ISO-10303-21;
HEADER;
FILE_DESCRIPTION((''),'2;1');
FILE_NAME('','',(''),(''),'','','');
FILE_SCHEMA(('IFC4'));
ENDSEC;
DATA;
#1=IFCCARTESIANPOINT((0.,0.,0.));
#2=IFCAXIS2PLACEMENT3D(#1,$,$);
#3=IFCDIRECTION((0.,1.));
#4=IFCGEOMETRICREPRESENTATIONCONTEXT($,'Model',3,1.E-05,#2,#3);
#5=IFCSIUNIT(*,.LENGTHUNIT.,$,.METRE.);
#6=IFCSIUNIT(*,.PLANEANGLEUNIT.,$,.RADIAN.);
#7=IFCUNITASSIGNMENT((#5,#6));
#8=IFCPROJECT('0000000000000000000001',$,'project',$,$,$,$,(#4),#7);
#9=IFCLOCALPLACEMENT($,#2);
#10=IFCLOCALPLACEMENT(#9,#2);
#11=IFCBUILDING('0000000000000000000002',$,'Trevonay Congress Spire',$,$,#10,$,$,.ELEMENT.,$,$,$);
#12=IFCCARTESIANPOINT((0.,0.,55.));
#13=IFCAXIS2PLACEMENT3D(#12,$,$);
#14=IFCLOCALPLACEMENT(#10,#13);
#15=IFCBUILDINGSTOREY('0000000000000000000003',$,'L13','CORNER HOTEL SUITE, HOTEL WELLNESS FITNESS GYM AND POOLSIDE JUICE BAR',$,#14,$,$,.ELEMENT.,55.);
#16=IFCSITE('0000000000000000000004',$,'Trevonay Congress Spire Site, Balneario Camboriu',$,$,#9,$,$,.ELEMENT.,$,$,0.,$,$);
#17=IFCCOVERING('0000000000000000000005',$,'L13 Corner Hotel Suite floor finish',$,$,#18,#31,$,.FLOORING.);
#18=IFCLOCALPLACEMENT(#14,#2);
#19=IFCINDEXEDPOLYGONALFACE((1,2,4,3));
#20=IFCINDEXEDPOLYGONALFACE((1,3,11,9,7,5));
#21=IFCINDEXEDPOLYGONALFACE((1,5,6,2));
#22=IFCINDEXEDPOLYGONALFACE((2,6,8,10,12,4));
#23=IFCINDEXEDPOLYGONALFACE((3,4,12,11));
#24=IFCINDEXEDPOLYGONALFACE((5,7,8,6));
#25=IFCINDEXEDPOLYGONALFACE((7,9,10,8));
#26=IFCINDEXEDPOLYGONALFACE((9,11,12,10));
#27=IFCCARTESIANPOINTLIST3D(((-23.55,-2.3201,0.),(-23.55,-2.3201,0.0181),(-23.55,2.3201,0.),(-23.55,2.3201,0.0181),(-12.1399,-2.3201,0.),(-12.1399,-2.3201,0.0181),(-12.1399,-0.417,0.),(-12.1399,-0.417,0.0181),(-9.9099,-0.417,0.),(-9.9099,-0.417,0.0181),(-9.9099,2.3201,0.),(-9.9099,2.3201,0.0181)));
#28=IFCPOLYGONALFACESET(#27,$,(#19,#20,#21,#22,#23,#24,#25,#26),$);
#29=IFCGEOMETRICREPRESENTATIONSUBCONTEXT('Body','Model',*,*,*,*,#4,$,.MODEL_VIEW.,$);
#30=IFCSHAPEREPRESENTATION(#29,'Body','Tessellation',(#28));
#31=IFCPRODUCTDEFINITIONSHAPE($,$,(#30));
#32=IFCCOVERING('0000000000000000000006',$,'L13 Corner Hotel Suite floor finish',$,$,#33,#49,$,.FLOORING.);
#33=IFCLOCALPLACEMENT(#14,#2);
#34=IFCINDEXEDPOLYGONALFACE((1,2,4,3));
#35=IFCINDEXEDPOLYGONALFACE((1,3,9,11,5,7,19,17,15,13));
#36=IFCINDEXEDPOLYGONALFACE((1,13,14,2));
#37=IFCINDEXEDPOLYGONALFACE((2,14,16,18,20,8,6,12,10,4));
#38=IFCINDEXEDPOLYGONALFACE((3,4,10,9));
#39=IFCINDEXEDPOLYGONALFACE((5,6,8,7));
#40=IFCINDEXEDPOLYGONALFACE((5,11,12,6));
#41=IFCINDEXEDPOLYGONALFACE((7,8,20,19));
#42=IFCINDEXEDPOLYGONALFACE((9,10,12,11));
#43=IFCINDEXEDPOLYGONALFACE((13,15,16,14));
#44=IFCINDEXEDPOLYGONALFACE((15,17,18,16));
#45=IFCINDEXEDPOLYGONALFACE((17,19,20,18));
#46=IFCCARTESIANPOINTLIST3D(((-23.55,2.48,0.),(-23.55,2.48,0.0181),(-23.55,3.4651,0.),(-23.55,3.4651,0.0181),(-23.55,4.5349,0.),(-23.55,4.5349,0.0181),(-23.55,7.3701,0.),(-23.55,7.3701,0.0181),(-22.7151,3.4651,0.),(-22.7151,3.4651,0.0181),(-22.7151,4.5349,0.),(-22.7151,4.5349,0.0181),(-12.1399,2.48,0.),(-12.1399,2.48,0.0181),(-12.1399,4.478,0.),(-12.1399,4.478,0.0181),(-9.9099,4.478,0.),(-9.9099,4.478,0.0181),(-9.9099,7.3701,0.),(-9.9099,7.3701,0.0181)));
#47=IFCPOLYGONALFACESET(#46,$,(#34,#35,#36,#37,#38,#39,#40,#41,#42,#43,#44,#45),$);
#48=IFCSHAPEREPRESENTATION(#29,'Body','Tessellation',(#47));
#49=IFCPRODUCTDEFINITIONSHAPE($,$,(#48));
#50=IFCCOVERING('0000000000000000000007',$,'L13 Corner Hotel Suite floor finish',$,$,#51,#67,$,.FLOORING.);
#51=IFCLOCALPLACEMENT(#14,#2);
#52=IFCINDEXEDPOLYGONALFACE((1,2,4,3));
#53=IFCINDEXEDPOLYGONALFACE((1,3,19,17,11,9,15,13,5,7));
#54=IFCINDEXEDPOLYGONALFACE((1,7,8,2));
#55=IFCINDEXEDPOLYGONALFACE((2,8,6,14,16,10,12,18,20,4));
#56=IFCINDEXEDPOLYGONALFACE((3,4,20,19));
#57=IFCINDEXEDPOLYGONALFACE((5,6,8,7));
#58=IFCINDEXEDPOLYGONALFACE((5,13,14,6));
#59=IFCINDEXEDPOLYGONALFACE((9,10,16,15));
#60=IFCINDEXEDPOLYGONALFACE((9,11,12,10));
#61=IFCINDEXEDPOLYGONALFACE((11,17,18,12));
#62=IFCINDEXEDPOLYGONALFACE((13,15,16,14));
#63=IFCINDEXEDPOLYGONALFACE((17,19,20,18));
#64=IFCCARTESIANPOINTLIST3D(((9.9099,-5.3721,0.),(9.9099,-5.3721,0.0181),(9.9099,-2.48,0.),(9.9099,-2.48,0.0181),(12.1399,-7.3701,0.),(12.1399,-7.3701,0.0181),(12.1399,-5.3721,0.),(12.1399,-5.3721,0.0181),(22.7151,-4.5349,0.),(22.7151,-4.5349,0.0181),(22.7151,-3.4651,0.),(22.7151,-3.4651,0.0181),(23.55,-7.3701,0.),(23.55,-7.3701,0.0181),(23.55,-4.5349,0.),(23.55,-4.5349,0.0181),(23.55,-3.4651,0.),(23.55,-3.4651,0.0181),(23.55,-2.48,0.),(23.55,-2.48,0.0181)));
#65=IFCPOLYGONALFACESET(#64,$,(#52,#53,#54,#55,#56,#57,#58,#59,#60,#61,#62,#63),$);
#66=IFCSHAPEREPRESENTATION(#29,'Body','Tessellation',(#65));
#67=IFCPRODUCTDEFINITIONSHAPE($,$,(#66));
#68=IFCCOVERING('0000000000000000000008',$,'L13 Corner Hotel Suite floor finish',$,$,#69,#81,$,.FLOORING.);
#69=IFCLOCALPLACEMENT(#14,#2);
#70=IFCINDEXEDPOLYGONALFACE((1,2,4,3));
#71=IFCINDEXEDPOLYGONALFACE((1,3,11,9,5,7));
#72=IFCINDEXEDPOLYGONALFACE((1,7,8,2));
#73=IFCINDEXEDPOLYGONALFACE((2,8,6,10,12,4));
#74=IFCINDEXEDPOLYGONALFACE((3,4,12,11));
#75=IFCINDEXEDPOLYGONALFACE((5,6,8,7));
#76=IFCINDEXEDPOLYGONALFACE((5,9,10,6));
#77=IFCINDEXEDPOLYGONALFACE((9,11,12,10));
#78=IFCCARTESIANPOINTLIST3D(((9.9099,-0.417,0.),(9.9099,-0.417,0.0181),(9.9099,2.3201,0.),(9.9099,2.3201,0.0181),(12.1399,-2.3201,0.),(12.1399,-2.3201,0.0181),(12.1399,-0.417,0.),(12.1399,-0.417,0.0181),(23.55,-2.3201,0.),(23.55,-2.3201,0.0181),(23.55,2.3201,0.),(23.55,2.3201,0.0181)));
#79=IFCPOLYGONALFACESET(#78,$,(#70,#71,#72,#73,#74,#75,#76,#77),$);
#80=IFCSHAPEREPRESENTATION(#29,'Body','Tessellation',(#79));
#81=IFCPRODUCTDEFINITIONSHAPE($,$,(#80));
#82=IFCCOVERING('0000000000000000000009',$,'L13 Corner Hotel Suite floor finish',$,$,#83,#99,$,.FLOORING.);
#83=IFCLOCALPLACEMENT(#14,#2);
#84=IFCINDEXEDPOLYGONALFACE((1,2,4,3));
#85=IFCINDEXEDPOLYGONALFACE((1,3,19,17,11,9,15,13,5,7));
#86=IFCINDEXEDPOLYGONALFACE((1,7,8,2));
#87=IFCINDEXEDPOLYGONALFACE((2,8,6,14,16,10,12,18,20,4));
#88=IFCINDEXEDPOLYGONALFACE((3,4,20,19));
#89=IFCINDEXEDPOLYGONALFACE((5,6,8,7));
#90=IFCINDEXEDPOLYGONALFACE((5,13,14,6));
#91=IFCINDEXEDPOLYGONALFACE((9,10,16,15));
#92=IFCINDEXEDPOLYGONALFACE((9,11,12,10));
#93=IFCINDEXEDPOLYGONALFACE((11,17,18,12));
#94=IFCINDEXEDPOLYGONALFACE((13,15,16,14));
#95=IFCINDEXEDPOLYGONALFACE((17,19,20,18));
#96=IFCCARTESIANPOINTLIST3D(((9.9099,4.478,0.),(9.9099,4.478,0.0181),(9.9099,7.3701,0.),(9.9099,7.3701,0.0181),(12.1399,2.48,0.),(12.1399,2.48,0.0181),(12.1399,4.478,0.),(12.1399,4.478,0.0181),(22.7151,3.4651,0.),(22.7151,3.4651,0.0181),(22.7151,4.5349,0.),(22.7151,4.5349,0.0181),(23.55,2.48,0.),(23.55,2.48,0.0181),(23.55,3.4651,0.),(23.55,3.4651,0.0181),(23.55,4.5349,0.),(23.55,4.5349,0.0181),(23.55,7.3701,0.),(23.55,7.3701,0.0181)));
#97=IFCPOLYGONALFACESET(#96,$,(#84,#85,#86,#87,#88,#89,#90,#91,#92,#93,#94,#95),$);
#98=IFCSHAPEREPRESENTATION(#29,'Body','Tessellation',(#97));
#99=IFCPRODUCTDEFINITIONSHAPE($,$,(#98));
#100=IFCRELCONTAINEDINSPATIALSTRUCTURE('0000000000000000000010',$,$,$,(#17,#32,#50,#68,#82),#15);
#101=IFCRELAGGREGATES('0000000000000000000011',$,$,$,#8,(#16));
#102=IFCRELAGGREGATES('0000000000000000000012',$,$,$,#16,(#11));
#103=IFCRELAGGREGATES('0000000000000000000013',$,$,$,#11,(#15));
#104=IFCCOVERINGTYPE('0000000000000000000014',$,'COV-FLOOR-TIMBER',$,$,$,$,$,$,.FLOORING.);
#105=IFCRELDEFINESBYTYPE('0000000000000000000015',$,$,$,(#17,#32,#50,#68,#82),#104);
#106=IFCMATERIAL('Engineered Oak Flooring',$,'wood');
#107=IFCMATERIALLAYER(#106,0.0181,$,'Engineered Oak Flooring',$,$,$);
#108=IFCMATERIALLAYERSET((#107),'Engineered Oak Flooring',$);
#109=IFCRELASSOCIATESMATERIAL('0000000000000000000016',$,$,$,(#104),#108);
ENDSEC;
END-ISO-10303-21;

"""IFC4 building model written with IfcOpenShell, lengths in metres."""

from ifc_helpers import new_model, si_unit, direction, frame, origin, place, context, subcontext, project, spatial, polyline, outline, extrude, material, layer, layer_set, type_object, element, save


model = new_model("IFC4")

# Units and contexts
model_context = context("Model", 3, precision=1e-05, world=origin(), true_north=direction((0.0, 1.0)))
body_context = subcontext(model_context, "Body", "Model", "MODEL_VIEW")
ifc_project = project(units=[si_unit("LENGTHUNIT", "METRE"), si_unit("PLANEANGLEUNIT", "RADIAN")], contexts=[model_context])

# Site, building, storey
site_placement = place(None, origin())
site = spatial("IfcSite", under=ifc_project, at=site_placement, Name="Trevonay Congress Spire Site, Balneario Camboriu", CompositionType="ELEMENT", RefElevation=0.0)
building_placement = place(site_placement, origin())
building = spatial("IfcBuilding", under=site, at=building_placement, Name="Trevonay Congress Spire", CompositionType="ELEMENT")
storey_placement = place(building_placement, frame((0.0, 0.0, 55.0)))
storey = spatial("IfcBuildingStorey", under=building, at=storey_placement, Name="L13", Description="CORNER HOTEL SUITE, HOTEL WELLNESS FITNESS GYM AND POOLSIDE JUICE BAR", CompositionType="ELEMENT", Elevation=55.0)

# Coverings
ifc_material_1 = material(Name="Engineered Oak Flooring", Category="wood")
ifc_layer_1 = layer(ifc_material_1, 0.0181, Name="Engineered Oak Flooring")
ifc_layer_set_1 = layer_set([ifc_layer_1], Name="Engineered Oak Flooring")
covering_type_1 = type_object("IfcCoveringType", Name="COV-FLOOR-TIMBER", PredefinedType="FLOORING", material=ifc_layer_set_1)
covering_1_placement = place(storey_placement, origin())
element("IfcCovering", 1, at=covering_1_placement, inside=storey, type_object=covering_type_1, Name="L13 Corner Hotel Suite floor finish", PredefinedType="FLOORING", context=body_context, shape_type="SweptSolid", body=[
    extrude(outline(polyline([(-23.55, -2.3201), (-23.55, 2.3201), (-9.9099, 2.3201), (-9.9099, -0.417), (-12.1399, -0.417), (-12.1399, -2.3201), (-23.55, -2.3201)])), origin(), (0.0, 0.0, 1.0), 0.0181),
])
covering_2_placement = place(storey_placement, origin())
element("IfcCovering", 2, at=covering_2_placement, inside=storey, type_object=covering_type_1, Name="L13 Corner Hotel Suite floor finish", PredefinedType="FLOORING", context=body_context, shape_type="SweptSolid", body=[
    extrude(outline(polyline([(-23.55, 3.4651), (-22.7151, 3.4651), (-22.7151, 4.5349), (-23.55, 4.5349), (-23.55, 7.3701), (-9.9099, 7.3701), (-9.9099, 4.478), (-12.1399, 4.478), (-12.1399, 2.48), (-23.55, 2.48), (-23.55, 3.4651)])), origin(), (0.0, 0.0, 1.0), 0.0181),
])
covering_3_placement = place(storey_placement, origin())
element("IfcCovering", 3, at=covering_3_placement, inside=storey, type_object=covering_type_1, Name="L13 Corner Hotel Suite floor finish", PredefinedType="FLOORING", context=body_context, shape_type="SweptSolid", body=[
    extrude(outline(polyline([(9.9099, -2.48), (23.55, -2.48), (23.55, -3.4651), (22.7151, -3.4651), (22.7151, -4.5349), (23.55, -4.5349), (23.55, -7.3701), (12.1399, -7.3701), (12.1399, -5.3721), (9.9099, -5.3721), (9.9099, -2.48)])), origin(), (0.0, 0.0, 1.0), 0.0181),
])
covering_4_placement = place(storey_placement, origin())
element("IfcCovering", 4, at=covering_4_placement, inside=storey, type_object=covering_type_1, Name="L13 Corner Hotel Suite floor finish", PredefinedType="FLOORING", context=body_context, shape_type="SweptSolid", body=[
    extrude(outline(polyline([(9.9099, -0.417), (9.9099, 2.3201), (23.55, 2.3201), (23.55, -2.3201), (12.1399, -2.3201), (12.1399, -0.417), (9.9099, -0.417)])), origin(), (0.0, 0.0, 1.0), 0.0181),
])
covering_5_placement = place(storey_placement, origin())
element("IfcCovering", 5, at=covering_5_placement, inside=storey, type_object=covering_type_1, Name="L13 Corner Hotel Suite floor finish", PredefinedType="FLOORING", context=body_context, shape_type="SweptSolid", body=[
    extrude(outline(polyline([(9.9099, 7.3701), (23.55, 7.3701), (23.55, 4.5349), (22.7151, 4.5349), (22.7151, 3.4651), (23.55, 3.4651), (23.55, 2.48), (12.1399, 2.48), (12.1399, 4.478), (9.9099, 4.478), (9.9099, 7.3701)])), origin(), (0.0, 0.0, 1.0), 0.0181),
])

save(model, "model.ifc")
